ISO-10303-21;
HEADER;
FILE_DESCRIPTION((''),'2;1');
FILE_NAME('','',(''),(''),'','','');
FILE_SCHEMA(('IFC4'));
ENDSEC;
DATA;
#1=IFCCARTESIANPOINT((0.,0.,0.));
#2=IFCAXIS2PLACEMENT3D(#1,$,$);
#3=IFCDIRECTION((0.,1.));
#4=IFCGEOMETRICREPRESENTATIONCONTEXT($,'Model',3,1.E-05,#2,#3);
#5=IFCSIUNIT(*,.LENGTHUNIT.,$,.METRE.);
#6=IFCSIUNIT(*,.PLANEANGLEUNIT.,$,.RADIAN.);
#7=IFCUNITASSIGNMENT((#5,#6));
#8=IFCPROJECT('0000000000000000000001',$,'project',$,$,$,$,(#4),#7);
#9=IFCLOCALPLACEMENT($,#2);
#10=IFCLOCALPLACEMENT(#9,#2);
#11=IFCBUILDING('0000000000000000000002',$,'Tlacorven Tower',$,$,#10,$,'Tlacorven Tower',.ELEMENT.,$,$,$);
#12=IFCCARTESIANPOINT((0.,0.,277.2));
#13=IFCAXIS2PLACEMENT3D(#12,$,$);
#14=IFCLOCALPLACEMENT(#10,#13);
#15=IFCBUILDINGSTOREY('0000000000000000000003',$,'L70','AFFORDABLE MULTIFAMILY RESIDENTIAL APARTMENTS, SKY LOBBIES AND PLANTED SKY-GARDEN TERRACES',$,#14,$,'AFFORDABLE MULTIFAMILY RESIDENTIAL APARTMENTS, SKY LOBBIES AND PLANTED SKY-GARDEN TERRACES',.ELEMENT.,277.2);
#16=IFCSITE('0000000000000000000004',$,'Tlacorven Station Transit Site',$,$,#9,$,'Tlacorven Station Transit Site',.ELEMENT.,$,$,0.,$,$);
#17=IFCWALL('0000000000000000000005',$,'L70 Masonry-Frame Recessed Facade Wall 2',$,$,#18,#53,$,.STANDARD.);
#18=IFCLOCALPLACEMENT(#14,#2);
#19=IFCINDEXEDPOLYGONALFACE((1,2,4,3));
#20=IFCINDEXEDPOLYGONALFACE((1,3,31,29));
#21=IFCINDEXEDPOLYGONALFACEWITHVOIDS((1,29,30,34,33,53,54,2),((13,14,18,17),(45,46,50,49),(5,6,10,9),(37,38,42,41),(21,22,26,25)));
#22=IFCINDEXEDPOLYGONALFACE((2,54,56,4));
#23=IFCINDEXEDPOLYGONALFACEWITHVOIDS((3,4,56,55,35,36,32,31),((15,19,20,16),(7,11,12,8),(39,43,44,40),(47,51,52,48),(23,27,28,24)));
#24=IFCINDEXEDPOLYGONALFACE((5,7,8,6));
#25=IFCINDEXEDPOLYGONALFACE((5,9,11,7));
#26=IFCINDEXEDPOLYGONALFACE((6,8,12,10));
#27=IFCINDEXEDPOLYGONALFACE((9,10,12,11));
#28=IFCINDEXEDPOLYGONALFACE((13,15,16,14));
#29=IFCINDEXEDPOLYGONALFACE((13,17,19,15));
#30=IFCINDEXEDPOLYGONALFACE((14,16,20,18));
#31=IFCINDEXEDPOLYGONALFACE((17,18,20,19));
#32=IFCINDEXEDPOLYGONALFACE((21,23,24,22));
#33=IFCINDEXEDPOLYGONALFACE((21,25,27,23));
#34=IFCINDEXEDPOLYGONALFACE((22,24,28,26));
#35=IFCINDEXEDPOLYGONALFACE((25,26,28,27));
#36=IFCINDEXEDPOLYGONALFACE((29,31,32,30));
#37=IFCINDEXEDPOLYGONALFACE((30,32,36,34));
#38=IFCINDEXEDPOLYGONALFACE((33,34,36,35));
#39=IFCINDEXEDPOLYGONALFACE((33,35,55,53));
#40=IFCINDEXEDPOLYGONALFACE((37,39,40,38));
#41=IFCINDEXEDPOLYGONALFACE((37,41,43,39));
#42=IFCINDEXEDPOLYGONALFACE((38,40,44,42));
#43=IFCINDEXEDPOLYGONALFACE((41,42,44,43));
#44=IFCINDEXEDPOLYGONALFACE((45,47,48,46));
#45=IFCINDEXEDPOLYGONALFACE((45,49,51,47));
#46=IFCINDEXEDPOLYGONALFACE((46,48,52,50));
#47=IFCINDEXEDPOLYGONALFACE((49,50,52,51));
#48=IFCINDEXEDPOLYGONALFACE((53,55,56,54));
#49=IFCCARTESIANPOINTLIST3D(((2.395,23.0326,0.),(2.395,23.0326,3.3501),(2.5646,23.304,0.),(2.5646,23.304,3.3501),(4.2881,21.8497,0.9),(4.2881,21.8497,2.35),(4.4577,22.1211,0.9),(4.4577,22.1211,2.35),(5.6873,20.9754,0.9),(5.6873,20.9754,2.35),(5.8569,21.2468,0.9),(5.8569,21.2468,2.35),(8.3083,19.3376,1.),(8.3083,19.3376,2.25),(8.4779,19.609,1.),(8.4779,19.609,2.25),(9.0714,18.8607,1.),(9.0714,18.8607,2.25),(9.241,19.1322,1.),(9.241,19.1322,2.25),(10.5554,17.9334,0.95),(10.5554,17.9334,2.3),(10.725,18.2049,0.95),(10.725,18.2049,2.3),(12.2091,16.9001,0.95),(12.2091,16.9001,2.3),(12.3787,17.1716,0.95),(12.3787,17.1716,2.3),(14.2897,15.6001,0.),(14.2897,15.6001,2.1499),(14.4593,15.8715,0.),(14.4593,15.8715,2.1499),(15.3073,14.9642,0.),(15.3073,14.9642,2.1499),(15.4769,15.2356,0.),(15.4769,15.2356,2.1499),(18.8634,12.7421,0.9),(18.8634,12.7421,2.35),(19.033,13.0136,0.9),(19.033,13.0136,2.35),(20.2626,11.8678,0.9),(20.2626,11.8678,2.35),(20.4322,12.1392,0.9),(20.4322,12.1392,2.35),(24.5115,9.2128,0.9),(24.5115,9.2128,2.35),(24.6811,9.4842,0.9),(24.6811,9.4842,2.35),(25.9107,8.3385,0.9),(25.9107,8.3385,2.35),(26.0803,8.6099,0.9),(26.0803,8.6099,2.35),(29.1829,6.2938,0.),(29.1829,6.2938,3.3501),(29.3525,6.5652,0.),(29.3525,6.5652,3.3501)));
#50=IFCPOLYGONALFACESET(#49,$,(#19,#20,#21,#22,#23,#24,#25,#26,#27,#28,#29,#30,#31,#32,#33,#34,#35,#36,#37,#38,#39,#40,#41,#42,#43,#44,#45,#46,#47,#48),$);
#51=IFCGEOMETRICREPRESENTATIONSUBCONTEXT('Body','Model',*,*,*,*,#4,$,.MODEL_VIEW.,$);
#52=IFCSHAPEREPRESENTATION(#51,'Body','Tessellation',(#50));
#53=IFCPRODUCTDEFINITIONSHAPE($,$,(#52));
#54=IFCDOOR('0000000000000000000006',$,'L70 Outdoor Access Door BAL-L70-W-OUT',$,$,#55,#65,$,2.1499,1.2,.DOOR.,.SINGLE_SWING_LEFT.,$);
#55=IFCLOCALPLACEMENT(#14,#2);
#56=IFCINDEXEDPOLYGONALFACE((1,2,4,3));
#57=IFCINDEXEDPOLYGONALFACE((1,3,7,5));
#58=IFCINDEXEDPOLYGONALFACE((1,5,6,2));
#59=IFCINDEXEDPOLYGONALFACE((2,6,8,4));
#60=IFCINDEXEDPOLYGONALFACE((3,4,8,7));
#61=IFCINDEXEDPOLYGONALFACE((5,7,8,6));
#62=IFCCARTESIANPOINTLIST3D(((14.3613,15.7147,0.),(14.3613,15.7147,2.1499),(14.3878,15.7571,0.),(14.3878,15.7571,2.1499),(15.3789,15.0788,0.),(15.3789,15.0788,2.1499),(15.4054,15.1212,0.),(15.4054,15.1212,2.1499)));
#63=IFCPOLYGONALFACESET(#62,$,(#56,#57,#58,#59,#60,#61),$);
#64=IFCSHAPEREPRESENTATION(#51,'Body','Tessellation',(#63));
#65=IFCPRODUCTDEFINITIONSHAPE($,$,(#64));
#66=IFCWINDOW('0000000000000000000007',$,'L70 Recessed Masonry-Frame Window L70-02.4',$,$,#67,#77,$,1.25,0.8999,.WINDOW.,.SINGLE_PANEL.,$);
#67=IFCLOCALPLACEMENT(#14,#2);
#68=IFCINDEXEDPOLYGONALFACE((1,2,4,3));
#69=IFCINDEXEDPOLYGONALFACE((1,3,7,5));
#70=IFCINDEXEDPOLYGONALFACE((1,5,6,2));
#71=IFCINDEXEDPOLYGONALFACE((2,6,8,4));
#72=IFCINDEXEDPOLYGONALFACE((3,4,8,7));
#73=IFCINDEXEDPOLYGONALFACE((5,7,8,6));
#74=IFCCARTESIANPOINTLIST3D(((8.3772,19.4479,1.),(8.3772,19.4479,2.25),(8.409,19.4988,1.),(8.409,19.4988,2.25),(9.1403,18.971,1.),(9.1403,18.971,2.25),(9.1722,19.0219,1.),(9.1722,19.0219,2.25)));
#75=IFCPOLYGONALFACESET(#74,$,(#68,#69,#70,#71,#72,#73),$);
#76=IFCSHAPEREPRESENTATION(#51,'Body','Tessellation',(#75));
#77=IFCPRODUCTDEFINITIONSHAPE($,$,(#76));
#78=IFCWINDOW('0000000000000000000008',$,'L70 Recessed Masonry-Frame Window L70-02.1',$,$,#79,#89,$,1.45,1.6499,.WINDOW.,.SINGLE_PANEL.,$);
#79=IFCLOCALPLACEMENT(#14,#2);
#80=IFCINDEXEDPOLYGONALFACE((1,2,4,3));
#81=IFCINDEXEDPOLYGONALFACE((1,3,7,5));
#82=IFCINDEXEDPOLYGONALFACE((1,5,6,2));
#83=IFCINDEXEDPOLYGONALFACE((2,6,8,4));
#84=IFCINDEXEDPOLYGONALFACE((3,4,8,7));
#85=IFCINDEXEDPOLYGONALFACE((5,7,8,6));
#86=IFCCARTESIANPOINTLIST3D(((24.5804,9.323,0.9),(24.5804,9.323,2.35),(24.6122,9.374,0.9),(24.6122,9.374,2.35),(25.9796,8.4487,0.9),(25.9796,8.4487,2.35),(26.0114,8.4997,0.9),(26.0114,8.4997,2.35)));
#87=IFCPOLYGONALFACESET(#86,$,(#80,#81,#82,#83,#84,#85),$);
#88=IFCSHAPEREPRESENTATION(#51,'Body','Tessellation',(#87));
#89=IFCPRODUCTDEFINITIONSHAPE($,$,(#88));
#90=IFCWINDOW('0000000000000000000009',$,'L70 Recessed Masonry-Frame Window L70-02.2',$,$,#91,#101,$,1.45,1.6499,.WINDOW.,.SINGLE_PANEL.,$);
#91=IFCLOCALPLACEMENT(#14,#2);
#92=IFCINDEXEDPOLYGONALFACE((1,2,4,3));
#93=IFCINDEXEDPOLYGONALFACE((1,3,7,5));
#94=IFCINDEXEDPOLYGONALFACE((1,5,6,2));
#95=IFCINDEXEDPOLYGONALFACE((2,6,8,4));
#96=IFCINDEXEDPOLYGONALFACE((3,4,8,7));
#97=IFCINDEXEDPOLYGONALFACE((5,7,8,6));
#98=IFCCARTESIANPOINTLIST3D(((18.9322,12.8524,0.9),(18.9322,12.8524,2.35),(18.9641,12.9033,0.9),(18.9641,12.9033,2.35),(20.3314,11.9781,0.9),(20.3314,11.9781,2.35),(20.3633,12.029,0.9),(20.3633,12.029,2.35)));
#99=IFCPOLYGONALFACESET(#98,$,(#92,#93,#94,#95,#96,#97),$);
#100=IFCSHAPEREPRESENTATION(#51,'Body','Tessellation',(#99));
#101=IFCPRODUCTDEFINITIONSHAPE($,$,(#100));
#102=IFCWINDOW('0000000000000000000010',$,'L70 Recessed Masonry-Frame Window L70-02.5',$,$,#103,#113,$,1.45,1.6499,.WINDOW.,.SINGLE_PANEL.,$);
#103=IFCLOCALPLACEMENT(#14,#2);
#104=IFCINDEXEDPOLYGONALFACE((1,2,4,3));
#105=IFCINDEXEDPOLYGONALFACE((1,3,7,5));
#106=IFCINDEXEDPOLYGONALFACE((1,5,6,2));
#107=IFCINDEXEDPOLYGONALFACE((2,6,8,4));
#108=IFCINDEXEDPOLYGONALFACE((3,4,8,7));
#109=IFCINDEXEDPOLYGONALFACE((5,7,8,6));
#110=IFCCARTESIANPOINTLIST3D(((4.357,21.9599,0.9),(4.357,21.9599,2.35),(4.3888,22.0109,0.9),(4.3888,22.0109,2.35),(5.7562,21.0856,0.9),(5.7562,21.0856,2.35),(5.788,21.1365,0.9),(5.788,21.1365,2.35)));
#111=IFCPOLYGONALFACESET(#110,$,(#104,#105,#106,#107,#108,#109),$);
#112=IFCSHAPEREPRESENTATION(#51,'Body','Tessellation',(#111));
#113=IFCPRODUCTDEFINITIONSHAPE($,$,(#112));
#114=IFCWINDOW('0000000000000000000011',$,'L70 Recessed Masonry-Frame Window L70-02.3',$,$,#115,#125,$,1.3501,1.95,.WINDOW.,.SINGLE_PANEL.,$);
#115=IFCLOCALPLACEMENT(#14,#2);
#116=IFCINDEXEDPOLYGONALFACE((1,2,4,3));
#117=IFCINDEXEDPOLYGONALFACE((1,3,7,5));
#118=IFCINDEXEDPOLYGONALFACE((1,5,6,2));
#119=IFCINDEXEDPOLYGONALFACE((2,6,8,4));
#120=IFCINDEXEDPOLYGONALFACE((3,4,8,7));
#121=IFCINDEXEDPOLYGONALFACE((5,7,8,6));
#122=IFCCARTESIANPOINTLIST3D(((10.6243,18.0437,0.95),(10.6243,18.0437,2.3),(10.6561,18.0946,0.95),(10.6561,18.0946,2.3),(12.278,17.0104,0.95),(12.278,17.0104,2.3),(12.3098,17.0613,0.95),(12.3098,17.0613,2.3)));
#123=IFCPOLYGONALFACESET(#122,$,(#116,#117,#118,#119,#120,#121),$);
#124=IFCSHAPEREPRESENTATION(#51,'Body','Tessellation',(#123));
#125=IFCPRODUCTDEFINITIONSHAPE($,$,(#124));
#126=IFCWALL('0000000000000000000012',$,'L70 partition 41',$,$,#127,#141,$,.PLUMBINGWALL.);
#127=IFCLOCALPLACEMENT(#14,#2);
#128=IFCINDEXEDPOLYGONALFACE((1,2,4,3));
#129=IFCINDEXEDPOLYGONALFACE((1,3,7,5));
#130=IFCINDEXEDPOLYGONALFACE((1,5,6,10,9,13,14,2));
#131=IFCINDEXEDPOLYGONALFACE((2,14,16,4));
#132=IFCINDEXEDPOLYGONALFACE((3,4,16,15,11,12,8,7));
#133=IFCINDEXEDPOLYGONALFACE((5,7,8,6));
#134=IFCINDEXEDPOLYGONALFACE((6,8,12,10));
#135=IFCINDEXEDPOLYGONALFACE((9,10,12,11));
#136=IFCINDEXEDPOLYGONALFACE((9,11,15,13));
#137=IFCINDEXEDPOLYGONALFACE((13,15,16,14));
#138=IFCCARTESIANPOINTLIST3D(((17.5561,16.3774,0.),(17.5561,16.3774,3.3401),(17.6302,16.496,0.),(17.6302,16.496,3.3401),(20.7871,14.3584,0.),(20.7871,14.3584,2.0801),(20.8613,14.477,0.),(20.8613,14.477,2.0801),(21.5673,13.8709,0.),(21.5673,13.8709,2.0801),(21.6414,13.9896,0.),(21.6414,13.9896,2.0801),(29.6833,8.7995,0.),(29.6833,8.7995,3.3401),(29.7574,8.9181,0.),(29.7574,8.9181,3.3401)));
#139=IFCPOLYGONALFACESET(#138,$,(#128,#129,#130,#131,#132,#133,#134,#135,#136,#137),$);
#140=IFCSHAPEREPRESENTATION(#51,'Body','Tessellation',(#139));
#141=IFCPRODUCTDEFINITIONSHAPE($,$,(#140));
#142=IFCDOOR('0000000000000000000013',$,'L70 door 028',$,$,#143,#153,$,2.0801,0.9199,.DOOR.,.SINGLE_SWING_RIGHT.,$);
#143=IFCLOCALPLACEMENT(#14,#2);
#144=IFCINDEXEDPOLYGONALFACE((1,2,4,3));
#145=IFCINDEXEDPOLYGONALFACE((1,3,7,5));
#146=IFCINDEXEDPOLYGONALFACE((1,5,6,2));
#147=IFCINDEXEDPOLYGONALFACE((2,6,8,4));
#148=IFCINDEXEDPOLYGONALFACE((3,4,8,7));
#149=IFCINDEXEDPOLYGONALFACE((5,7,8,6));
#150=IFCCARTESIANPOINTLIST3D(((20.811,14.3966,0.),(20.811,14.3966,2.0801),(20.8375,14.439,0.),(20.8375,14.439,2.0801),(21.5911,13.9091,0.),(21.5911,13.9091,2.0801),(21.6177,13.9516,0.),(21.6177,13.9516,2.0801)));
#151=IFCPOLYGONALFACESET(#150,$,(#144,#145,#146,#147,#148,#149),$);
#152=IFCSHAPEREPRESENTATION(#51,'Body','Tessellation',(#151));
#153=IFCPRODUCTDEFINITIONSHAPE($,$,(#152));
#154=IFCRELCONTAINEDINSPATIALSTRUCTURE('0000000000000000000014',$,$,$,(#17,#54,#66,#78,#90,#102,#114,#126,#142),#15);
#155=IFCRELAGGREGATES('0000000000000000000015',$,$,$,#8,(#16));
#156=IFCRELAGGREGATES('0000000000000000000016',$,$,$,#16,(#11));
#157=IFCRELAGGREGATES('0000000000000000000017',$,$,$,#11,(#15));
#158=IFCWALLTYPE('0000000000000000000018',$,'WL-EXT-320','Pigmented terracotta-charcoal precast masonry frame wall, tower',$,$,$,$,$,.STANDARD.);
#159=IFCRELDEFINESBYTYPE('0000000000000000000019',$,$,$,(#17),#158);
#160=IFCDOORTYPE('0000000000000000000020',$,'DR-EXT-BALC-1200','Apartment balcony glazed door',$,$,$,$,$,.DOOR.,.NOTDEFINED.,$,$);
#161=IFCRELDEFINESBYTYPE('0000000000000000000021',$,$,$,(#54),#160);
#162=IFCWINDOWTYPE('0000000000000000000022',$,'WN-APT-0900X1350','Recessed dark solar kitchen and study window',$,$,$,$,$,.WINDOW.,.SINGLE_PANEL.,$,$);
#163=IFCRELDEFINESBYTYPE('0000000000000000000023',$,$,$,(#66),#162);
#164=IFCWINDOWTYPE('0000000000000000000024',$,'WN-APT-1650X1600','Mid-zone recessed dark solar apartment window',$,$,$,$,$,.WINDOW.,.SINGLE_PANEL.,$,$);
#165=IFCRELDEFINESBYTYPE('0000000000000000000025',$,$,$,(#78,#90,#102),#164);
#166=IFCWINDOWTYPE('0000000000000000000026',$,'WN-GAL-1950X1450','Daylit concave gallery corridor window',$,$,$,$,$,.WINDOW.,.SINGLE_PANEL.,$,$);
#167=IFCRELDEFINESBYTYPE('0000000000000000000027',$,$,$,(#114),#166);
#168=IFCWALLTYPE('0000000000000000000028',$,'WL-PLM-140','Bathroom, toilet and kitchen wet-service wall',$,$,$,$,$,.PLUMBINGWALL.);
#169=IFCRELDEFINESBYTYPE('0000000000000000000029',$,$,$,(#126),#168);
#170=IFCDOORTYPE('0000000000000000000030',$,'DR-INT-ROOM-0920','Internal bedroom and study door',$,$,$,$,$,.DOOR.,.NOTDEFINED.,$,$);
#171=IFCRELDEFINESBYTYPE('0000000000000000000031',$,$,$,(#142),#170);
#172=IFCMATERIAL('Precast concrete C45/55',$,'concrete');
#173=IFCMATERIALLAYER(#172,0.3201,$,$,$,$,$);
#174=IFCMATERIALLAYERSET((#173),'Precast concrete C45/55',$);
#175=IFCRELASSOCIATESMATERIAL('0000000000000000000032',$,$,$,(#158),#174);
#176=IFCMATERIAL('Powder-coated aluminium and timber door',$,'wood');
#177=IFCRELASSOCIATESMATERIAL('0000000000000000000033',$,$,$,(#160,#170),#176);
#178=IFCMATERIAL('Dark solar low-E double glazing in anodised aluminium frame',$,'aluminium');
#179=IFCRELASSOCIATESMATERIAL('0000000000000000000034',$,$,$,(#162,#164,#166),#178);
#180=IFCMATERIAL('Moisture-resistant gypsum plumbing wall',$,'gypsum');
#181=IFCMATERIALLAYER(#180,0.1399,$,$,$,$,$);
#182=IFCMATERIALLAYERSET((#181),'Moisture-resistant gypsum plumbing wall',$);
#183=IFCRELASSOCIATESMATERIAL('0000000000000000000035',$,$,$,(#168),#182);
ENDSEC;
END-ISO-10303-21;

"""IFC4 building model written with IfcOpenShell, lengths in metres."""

from ifc_helpers import new_model, si_unit, direction, frame, frame_2d, origin, place, context, subcontext, project, spatial, rectangle, extrude, source, transform, mapped, material, layer, layer_set, type_object, element, fill, save


model = new_model("IFC4")

# Units and contexts
model_context = context("Model", 3, precision=1e-05, world=origin(), true_north=direction((0.0, 1.0)))
body_context = subcontext(model_context, "Body", "Model", "MODEL_VIEW")
ifc_project = project(units=[si_unit("LENGTHUNIT", "METRE"), si_unit("PLANEANGLEUNIT", "RADIAN")], contexts=[model_context])

# Site, building, storey
site_placement = place(None, origin())
site = spatial("IfcSite", under=ifc_project, at=site_placement, Name="Tlacorven Station Transit Site", LongName="Tlacorven Station Transit Site", CompositionType="ELEMENT", RefElevation=0.0)
building_placement = place(site_placement, origin())
building = spatial("IfcBuilding", under=site, at=building_placement, Name="Tlacorven Tower", LongName="Tlacorven Tower", CompositionType="ELEMENT")
storey_placement = place(building_placement, frame((0.0, 0.0, 277.2)))
storey = spatial("IfcBuildingStorey", under=building, at=storey_placement, Name="L70", Description="AFFORDABLE MULTIFAMILY RESIDENTIAL APARTMENTS, SKY LOBBIES AND PLANTED SKY-GARDEN TERRACES", LongName="AFFORDABLE MULTIFAMILY RESIDENTIAL APARTMENTS, SKY LOBBIES AND PLANTED SKY-GARDEN TERRACES", CompositionType="ELEMENT", Elevation=277.2)

# Wall, openings, door, windows
ifc_material_1 = material(Name="Precast concrete C45/55", Category="concrete")
ifc_layer_1 = layer(ifc_material_1, 0.3201)
ifc_layer_set_1 = layer_set([ifc_layer_1], Name="Precast concrete C45/55")
wall_type_1 = type_object("IfcWallType", Name="WL-EXT-320", Description="Pigmented terracotta-charcoal precast masonry frame wall, tower", PredefinedType="STANDARD", material=ifc_layer_set_1)
wall_1_placement = place(storey_placement, frame((29.2678, 6.4294, 0.0), z_axis=(0.0, 0.0, 1.0), x_axis=(-0.84805, 0.529916, 0.0)))
wall_1 = element("IfcWall", 1, at=wall_1_placement, inside=storey, type_object=wall_type_1, Name="L70 Masonry-Frame Recessed Facade Wall 2", PredefinedType="STANDARD", context=body_context, shape_type="SweptSolid", body=[
    extrude(rectangle(XDim=31.5876, YDim=0.3201, at=frame_2d((15.7939, 0.0))), origin(), (0.0, 0.0, 1.0), 3.3501),
])
opening_1_placement = place(wall_1_placement, frame((16.3618, 0.0, 0.0)))
opening_1 = element("IfcOpeningElement", 2, at=opening_1_placement, cuts=wall_1, PredefinedType="OPENING", context=body_context, shape_type="SweptSolid", body=[
    extrude(rectangle(XDim=1.2, YDim=2.1499, at=frame_2d((0.6001, 1.075))), frame((0.0, 0.1699, 0.0), z_axis=(0.0, -1.0, 0.0), x_axis=(1.0, 0.0, 0.0)), (0.0, 0.0, 1.0), 0.3401),
])
opening_2_placement = place(wall_1_placement, frame((3.8586, 0.0, 0.8999)))
opening_2 = element("IfcOpeningElement", 3, at=opening_2_placement, cuts=wall_1, PredefinedType="OPENING", context=body_context, shape_type="SweptSolid", body=[
    extrude(rectangle(XDim=1.6499, YDim=1.45, at=frame_2d((0.825, 0.7251))), frame((0.0, 0.1699, 0.0), z_axis=(0.0, -1.0, 0.0), x_axis=(1.0, 0.0, 0.0)), (0.0, 0.0, 1.0), 0.3401),
])
opening_3_placement = place(wall_1_placement, frame((10.5188, 0.0, 0.8999)))
opening_3 = element("IfcOpeningElement", 4, at=opening_3_placement, cuts=wall_1, PredefinedType="OPENING", context=body_context, shape_type="SweptSolid", body=[
    extrude(rectangle(XDim=1.6499, YDim=1.45, at=frame_2d((0.825, 0.7251))), frame((0.0, 0.1699, 0.0), z_axis=(0.0, -1.0, 0.0), x_axis=(1.0, 0.0, 0.0)), (0.0, 0.0, 1.0), 0.3401),
])
opening_4_placement = place(wall_1_placement, frame((20.0151, 0.0, 0.95)))
opening_4 = element("IfcOpeningElement", 5, at=opening_4_placement, cuts=wall_1, PredefinedType="OPENING", context=body_context, shape_type="SweptSolid", body=[
    extrude(rectangle(XDim=1.95, YDim=1.3501, at=frame_2d((0.9751, 0.675))), frame((0.0, 0.1699, 0.0), z_axis=(0.0, -1.0, 0.0), x_axis=(1.0, 0.0, 0.0)), (0.0, 0.0, 1.0), 0.3401),
])
opening_5_placement = place(wall_1_placement, frame((23.7151, 0.0, 1.0)))
opening_5 = element("IfcOpeningElement", 6, at=opening_5_placement, cuts=wall_1, PredefinedType="OPENING", context=body_context, shape_type="SweptSolid", body=[
    extrude(rectangle(XDim=0.8999, YDim=1.25, at=frame_2d((0.45, 0.625))), frame((0.0, 0.1699, 0.0), z_axis=(0.0, -1.0, 0.0), x_axis=(1.0, 0.0, 0.0)), (0.0, 0.0, 1.0), 0.3401),
])
opening_6_placement = place(wall_1_placement, frame((27.7056, 0.0, 0.8999)))
opening_6 = element("IfcOpeningElement", 7, at=opening_6_placement, cuts=wall_1, PredefinedType="OPENING", context=body_context, shape_type="SweptSolid", body=[
    extrude(rectangle(XDim=1.6499, YDim=1.45, at=frame_2d((0.825, 0.7251))), frame((0.0, 0.1699, 0.0), z_axis=(0.0, -1.0, 0.0), x_axis=(1.0, 0.0, 0.0)), (0.0, 0.0, 1.0), 0.3401),
])
ifc_material_2 = material(Name="Powder-coated aluminium and timber door", Category="wood")
door_type_1 = type_object("IfcDoorType", Name="DR-EXT-BALC-1200", Description="Apartment balcony glazed door", OperationType="NOTDEFINED", PredefinedType="DOOR", material=ifc_material_2)
shared_shape_1 = source(origin(), body_context, "Body", "SweptSolid", [
    extrude(rectangle(XDim=1.2, YDim=2.1499, at=frame_2d((0.6001, 1.075))), frame((0.0, 0.0249, 0.0), z_axis=(0.0, -1.0, 0.0), x_axis=(1.0, 0.0, 0.0)), (0.0, 0.0, 1.0), 0.05),
])
door_1_placement = place(opening_1_placement, origin())
door_1 = element("IfcDoor", 8, at=door_1_placement, inside=storey, type_object=door_type_1, Name="L70 Outdoor Access Door BAL-L70-W-OUT", OperationType="SINGLE_SWING_LEFT", OverallHeight=2.1499, OverallWidth=1.2, PredefinedType="DOOR", context=body_context, shape_type="MappedRepresentation", body=[
    mapped(shared_shape_1, transform((0.0, 0.0, 0.0), scale=1.0)),
])
fill(opening_1, door_1)
ifc_material_3 = material(Name="Dark solar low-E double glazing in anodised aluminium frame", Category="aluminium")
window_type_1 = type_object("IfcWindowType", Name="WN-APT-0900X1350", Description="Recessed dark solar kitchen and study window", PartitioningType="SINGLE_PANEL", PredefinedType="WINDOW", material=ifc_material_3)
shared_shape_2 = source(origin(), body_context, "Body", "SweptSolid", [
    extrude(rectangle(XDim=0.8999, YDim=1.25, at=frame_2d((0.45, 0.625))), frame((0.0, 0.03, 0.0), z_axis=(0.0, -1.0, 0.0), x_axis=(1.0, 0.0, 0.0)), (0.0, 0.0, 1.0), 0.0601),
])
window_1_placement = place(opening_5_placement, origin())
window_1 = element("IfcWindow", 9, at=window_1_placement, inside=storey, type_object=window_type_1, Name="L70 Recessed Masonry-Frame Window L70-02.4", OverallHeight=1.25, OverallWidth=0.8999, PartitioningType="SINGLE_PANEL", PredefinedType="WINDOW", context=body_context, shape_type="MappedRepresentation", body=[
    mapped(shared_shape_2, transform((0.0, 0.0, 0.0), scale=1.0)),
])
fill(opening_5, window_1)
window_type_2 = type_object("IfcWindowType", Name="WN-APT-1650X1600", Description="Mid-zone recessed dark solar apartment window", PartitioningType="SINGLE_PANEL", PredefinedType="WINDOW", material=ifc_material_3)
shared_shape_3 = source(origin(), body_context, "Body", "SweptSolid", [
    extrude(rectangle(XDim=1.6499, YDim=1.45, at=frame_2d((0.825, 0.7251))), frame((0.0, 0.03, 0.0), z_axis=(0.0, -1.0, 0.0), x_axis=(1.0, 0.0, 0.0)), (0.0, 0.0, 1.0), 0.0601),
])
window_2_placement = place(opening_2_placement, origin())
window_2 = element("IfcWindow", 10, at=window_2_placement, inside=storey, type_object=window_type_2, Name="L70 Recessed Masonry-Frame Window L70-02.1", OverallHeight=1.45, OverallWidth=1.6499, PartitioningType="SINGLE_PANEL", PredefinedType="WINDOW", context=body_context, shape_type="MappedRepresentation", body=[
    mapped(shared_shape_3, transform((0.0, 0.0, 0.0), scale=1.0)),
])
fill(opening_2, window_2)
window_3_placement = place(opening_3_placement, origin())
window_3 = element("IfcWindow", 11, at=window_3_placement, inside=storey, type_object=window_type_2, Name="L70 Recessed Masonry-Frame Window L70-02.2", OverallHeight=1.45, OverallWidth=1.6499, PartitioningType="SINGLE_PANEL", PredefinedType="WINDOW", context=body_context, shape_type="MappedRepresentation", body=[
    mapped(shared_shape_3, transform((0.0, 0.0, 0.0), scale=1.0)),
])
fill(opening_3, window_3)
window_4_placement = place(opening_6_placement, origin())
window_4 = element("IfcWindow", 12, at=window_4_placement, inside=storey, type_object=window_type_2, Name="L70 Recessed Masonry-Frame Window L70-02.5", OverallHeight=1.45, OverallWidth=1.6499, PartitioningType="SINGLE_PANEL", PredefinedType="WINDOW", context=body_context, shape_type="MappedRepresentation", body=[
    mapped(shared_shape_3, transform((0.0, 0.0, 0.0), scale=1.0)),
])
fill(opening_6, window_4)
window_type_3 = type_object("IfcWindowType", Name="WN-GAL-1950X1450", Description="Daylit concave gallery corridor window", PartitioningType="SINGLE_PANEL", PredefinedType="WINDOW", material=ifc_material_3)
shared_shape_4 = source(origin(), body_context, "Body", "SweptSolid", [
    extrude(rectangle(XDim=1.95, YDim=1.3501, at=frame_2d((0.9751, 0.675))), frame((0.0, 0.03, 0.0), z_axis=(0.0, -1.0, 0.0), x_axis=(1.0, 0.0, 0.0)), (0.0, 0.0, 1.0), 0.0601),
])
window_5_placement = place(opening_4_placement, origin())
window_5 = element("IfcWindow", 13, at=window_5_placement, inside=storey, type_object=window_type_3, Name="L70 Recessed Masonry-Frame Window L70-02.3", OverallHeight=1.3501, OverallWidth=1.95, PartitioningType="SINGLE_PANEL", PredefinedType="WINDOW", context=body_context, shape_type="MappedRepresentation", body=[
    mapped(shared_shape_4, transform((0.0, 0.0, 0.0), scale=1.0)),
])
fill(opening_4, window_5)

# Wall, opening, door
ifc_material_4 = material(Name="Moisture-resistant gypsum plumbing wall", Category="gypsum")
ifc_layer_2 = layer(ifc_material_4, 0.1399)
ifc_layer_set_2 = layer_set([ifc_layer_2], Name="Moisture-resistant gypsum plumbing wall")
wall_type_2 = type_object("IfcWallType", Name="WL-PLM-140", Description="Bathroom, toilet and kitchen wet-service wall", PredefinedType="PLUMBINGWALL", material=ifc_layer_set_2)
wall_2_placement = place(storey_placement, frame((29.7202, 8.8589, 0.0), z_axis=(0.0, 0.0, 1.0), x_axis=(-0.848049, 0.529918, 0.0)))
wall_2 = element("IfcWall", 14, at=wall_2_placement, inside=storey, type_object=wall_type_2, Name="L70 partition 41", PredefinedType="PLUMBINGWALL", context=body_context, shape_type="SweptSolid", body=[
    extrude(rectangle(XDim=14.3, YDim=0.1399, at=frame_2d((7.1499, 0.0))), origin(), (0.0, 0.0, 1.0), 3.3401),
])
opening_7_placement = place(wall_2_placement, frame((9.5701, 0.0, 0.0)))
opening_7 = element("IfcOpeningElement", 15, at=opening_7_placement, cuts=wall_2, PredefinedType="OPENING", context=body_context, shape_type="SweptSolid", body=[
    extrude(rectangle(XDim=0.9199, YDim=2.0801, at=frame_2d((0.46, 1.04))), frame((0.0, 0.0801, 0.0), z_axis=(0.0, -1.0, 0.0), x_axis=(1.0, 0.0, 0.0)), (0.0, 0.0, 1.0), 0.1599),
])
door_type_2 = type_object("IfcDoorType", Name="DR-INT-ROOM-0920", Description="Internal bedroom and study door", OperationType="NOTDEFINED", PredefinedType="DOOR", material=ifc_material_2)
shared_shape_5 = source(origin(), body_context, "Body", "SweptSolid", [
    extrude(rectangle(XDim=0.9199, YDim=2.0801, at=frame_2d((0.46, 1.04))), frame((0.0, 0.0249, 0.0), z_axis=(0.0, -1.0, 0.0), x_axis=(1.0, 0.0, 0.0)), (0.0, 0.0, 1.0), 0.05),
])
door_2_placement = place(opening_7_placement, origin())
door_2 = element("IfcDoor", 16, at=door_2_placement, inside=storey, type_object=door_type_2, Name="L70 door 028", OperationType="SINGLE_SWING_RIGHT", OverallHeight=2.0801, OverallWidth=0.9199, PredefinedType="DOOR", context=body_context, shape_type="MappedRepresentation", body=[
    mapped(shared_shape_5, transform((0.0, 0.0, 0.0), scale=1.0)),
])
fill(opening_7, door_2)

save(model, "model.ifc")
